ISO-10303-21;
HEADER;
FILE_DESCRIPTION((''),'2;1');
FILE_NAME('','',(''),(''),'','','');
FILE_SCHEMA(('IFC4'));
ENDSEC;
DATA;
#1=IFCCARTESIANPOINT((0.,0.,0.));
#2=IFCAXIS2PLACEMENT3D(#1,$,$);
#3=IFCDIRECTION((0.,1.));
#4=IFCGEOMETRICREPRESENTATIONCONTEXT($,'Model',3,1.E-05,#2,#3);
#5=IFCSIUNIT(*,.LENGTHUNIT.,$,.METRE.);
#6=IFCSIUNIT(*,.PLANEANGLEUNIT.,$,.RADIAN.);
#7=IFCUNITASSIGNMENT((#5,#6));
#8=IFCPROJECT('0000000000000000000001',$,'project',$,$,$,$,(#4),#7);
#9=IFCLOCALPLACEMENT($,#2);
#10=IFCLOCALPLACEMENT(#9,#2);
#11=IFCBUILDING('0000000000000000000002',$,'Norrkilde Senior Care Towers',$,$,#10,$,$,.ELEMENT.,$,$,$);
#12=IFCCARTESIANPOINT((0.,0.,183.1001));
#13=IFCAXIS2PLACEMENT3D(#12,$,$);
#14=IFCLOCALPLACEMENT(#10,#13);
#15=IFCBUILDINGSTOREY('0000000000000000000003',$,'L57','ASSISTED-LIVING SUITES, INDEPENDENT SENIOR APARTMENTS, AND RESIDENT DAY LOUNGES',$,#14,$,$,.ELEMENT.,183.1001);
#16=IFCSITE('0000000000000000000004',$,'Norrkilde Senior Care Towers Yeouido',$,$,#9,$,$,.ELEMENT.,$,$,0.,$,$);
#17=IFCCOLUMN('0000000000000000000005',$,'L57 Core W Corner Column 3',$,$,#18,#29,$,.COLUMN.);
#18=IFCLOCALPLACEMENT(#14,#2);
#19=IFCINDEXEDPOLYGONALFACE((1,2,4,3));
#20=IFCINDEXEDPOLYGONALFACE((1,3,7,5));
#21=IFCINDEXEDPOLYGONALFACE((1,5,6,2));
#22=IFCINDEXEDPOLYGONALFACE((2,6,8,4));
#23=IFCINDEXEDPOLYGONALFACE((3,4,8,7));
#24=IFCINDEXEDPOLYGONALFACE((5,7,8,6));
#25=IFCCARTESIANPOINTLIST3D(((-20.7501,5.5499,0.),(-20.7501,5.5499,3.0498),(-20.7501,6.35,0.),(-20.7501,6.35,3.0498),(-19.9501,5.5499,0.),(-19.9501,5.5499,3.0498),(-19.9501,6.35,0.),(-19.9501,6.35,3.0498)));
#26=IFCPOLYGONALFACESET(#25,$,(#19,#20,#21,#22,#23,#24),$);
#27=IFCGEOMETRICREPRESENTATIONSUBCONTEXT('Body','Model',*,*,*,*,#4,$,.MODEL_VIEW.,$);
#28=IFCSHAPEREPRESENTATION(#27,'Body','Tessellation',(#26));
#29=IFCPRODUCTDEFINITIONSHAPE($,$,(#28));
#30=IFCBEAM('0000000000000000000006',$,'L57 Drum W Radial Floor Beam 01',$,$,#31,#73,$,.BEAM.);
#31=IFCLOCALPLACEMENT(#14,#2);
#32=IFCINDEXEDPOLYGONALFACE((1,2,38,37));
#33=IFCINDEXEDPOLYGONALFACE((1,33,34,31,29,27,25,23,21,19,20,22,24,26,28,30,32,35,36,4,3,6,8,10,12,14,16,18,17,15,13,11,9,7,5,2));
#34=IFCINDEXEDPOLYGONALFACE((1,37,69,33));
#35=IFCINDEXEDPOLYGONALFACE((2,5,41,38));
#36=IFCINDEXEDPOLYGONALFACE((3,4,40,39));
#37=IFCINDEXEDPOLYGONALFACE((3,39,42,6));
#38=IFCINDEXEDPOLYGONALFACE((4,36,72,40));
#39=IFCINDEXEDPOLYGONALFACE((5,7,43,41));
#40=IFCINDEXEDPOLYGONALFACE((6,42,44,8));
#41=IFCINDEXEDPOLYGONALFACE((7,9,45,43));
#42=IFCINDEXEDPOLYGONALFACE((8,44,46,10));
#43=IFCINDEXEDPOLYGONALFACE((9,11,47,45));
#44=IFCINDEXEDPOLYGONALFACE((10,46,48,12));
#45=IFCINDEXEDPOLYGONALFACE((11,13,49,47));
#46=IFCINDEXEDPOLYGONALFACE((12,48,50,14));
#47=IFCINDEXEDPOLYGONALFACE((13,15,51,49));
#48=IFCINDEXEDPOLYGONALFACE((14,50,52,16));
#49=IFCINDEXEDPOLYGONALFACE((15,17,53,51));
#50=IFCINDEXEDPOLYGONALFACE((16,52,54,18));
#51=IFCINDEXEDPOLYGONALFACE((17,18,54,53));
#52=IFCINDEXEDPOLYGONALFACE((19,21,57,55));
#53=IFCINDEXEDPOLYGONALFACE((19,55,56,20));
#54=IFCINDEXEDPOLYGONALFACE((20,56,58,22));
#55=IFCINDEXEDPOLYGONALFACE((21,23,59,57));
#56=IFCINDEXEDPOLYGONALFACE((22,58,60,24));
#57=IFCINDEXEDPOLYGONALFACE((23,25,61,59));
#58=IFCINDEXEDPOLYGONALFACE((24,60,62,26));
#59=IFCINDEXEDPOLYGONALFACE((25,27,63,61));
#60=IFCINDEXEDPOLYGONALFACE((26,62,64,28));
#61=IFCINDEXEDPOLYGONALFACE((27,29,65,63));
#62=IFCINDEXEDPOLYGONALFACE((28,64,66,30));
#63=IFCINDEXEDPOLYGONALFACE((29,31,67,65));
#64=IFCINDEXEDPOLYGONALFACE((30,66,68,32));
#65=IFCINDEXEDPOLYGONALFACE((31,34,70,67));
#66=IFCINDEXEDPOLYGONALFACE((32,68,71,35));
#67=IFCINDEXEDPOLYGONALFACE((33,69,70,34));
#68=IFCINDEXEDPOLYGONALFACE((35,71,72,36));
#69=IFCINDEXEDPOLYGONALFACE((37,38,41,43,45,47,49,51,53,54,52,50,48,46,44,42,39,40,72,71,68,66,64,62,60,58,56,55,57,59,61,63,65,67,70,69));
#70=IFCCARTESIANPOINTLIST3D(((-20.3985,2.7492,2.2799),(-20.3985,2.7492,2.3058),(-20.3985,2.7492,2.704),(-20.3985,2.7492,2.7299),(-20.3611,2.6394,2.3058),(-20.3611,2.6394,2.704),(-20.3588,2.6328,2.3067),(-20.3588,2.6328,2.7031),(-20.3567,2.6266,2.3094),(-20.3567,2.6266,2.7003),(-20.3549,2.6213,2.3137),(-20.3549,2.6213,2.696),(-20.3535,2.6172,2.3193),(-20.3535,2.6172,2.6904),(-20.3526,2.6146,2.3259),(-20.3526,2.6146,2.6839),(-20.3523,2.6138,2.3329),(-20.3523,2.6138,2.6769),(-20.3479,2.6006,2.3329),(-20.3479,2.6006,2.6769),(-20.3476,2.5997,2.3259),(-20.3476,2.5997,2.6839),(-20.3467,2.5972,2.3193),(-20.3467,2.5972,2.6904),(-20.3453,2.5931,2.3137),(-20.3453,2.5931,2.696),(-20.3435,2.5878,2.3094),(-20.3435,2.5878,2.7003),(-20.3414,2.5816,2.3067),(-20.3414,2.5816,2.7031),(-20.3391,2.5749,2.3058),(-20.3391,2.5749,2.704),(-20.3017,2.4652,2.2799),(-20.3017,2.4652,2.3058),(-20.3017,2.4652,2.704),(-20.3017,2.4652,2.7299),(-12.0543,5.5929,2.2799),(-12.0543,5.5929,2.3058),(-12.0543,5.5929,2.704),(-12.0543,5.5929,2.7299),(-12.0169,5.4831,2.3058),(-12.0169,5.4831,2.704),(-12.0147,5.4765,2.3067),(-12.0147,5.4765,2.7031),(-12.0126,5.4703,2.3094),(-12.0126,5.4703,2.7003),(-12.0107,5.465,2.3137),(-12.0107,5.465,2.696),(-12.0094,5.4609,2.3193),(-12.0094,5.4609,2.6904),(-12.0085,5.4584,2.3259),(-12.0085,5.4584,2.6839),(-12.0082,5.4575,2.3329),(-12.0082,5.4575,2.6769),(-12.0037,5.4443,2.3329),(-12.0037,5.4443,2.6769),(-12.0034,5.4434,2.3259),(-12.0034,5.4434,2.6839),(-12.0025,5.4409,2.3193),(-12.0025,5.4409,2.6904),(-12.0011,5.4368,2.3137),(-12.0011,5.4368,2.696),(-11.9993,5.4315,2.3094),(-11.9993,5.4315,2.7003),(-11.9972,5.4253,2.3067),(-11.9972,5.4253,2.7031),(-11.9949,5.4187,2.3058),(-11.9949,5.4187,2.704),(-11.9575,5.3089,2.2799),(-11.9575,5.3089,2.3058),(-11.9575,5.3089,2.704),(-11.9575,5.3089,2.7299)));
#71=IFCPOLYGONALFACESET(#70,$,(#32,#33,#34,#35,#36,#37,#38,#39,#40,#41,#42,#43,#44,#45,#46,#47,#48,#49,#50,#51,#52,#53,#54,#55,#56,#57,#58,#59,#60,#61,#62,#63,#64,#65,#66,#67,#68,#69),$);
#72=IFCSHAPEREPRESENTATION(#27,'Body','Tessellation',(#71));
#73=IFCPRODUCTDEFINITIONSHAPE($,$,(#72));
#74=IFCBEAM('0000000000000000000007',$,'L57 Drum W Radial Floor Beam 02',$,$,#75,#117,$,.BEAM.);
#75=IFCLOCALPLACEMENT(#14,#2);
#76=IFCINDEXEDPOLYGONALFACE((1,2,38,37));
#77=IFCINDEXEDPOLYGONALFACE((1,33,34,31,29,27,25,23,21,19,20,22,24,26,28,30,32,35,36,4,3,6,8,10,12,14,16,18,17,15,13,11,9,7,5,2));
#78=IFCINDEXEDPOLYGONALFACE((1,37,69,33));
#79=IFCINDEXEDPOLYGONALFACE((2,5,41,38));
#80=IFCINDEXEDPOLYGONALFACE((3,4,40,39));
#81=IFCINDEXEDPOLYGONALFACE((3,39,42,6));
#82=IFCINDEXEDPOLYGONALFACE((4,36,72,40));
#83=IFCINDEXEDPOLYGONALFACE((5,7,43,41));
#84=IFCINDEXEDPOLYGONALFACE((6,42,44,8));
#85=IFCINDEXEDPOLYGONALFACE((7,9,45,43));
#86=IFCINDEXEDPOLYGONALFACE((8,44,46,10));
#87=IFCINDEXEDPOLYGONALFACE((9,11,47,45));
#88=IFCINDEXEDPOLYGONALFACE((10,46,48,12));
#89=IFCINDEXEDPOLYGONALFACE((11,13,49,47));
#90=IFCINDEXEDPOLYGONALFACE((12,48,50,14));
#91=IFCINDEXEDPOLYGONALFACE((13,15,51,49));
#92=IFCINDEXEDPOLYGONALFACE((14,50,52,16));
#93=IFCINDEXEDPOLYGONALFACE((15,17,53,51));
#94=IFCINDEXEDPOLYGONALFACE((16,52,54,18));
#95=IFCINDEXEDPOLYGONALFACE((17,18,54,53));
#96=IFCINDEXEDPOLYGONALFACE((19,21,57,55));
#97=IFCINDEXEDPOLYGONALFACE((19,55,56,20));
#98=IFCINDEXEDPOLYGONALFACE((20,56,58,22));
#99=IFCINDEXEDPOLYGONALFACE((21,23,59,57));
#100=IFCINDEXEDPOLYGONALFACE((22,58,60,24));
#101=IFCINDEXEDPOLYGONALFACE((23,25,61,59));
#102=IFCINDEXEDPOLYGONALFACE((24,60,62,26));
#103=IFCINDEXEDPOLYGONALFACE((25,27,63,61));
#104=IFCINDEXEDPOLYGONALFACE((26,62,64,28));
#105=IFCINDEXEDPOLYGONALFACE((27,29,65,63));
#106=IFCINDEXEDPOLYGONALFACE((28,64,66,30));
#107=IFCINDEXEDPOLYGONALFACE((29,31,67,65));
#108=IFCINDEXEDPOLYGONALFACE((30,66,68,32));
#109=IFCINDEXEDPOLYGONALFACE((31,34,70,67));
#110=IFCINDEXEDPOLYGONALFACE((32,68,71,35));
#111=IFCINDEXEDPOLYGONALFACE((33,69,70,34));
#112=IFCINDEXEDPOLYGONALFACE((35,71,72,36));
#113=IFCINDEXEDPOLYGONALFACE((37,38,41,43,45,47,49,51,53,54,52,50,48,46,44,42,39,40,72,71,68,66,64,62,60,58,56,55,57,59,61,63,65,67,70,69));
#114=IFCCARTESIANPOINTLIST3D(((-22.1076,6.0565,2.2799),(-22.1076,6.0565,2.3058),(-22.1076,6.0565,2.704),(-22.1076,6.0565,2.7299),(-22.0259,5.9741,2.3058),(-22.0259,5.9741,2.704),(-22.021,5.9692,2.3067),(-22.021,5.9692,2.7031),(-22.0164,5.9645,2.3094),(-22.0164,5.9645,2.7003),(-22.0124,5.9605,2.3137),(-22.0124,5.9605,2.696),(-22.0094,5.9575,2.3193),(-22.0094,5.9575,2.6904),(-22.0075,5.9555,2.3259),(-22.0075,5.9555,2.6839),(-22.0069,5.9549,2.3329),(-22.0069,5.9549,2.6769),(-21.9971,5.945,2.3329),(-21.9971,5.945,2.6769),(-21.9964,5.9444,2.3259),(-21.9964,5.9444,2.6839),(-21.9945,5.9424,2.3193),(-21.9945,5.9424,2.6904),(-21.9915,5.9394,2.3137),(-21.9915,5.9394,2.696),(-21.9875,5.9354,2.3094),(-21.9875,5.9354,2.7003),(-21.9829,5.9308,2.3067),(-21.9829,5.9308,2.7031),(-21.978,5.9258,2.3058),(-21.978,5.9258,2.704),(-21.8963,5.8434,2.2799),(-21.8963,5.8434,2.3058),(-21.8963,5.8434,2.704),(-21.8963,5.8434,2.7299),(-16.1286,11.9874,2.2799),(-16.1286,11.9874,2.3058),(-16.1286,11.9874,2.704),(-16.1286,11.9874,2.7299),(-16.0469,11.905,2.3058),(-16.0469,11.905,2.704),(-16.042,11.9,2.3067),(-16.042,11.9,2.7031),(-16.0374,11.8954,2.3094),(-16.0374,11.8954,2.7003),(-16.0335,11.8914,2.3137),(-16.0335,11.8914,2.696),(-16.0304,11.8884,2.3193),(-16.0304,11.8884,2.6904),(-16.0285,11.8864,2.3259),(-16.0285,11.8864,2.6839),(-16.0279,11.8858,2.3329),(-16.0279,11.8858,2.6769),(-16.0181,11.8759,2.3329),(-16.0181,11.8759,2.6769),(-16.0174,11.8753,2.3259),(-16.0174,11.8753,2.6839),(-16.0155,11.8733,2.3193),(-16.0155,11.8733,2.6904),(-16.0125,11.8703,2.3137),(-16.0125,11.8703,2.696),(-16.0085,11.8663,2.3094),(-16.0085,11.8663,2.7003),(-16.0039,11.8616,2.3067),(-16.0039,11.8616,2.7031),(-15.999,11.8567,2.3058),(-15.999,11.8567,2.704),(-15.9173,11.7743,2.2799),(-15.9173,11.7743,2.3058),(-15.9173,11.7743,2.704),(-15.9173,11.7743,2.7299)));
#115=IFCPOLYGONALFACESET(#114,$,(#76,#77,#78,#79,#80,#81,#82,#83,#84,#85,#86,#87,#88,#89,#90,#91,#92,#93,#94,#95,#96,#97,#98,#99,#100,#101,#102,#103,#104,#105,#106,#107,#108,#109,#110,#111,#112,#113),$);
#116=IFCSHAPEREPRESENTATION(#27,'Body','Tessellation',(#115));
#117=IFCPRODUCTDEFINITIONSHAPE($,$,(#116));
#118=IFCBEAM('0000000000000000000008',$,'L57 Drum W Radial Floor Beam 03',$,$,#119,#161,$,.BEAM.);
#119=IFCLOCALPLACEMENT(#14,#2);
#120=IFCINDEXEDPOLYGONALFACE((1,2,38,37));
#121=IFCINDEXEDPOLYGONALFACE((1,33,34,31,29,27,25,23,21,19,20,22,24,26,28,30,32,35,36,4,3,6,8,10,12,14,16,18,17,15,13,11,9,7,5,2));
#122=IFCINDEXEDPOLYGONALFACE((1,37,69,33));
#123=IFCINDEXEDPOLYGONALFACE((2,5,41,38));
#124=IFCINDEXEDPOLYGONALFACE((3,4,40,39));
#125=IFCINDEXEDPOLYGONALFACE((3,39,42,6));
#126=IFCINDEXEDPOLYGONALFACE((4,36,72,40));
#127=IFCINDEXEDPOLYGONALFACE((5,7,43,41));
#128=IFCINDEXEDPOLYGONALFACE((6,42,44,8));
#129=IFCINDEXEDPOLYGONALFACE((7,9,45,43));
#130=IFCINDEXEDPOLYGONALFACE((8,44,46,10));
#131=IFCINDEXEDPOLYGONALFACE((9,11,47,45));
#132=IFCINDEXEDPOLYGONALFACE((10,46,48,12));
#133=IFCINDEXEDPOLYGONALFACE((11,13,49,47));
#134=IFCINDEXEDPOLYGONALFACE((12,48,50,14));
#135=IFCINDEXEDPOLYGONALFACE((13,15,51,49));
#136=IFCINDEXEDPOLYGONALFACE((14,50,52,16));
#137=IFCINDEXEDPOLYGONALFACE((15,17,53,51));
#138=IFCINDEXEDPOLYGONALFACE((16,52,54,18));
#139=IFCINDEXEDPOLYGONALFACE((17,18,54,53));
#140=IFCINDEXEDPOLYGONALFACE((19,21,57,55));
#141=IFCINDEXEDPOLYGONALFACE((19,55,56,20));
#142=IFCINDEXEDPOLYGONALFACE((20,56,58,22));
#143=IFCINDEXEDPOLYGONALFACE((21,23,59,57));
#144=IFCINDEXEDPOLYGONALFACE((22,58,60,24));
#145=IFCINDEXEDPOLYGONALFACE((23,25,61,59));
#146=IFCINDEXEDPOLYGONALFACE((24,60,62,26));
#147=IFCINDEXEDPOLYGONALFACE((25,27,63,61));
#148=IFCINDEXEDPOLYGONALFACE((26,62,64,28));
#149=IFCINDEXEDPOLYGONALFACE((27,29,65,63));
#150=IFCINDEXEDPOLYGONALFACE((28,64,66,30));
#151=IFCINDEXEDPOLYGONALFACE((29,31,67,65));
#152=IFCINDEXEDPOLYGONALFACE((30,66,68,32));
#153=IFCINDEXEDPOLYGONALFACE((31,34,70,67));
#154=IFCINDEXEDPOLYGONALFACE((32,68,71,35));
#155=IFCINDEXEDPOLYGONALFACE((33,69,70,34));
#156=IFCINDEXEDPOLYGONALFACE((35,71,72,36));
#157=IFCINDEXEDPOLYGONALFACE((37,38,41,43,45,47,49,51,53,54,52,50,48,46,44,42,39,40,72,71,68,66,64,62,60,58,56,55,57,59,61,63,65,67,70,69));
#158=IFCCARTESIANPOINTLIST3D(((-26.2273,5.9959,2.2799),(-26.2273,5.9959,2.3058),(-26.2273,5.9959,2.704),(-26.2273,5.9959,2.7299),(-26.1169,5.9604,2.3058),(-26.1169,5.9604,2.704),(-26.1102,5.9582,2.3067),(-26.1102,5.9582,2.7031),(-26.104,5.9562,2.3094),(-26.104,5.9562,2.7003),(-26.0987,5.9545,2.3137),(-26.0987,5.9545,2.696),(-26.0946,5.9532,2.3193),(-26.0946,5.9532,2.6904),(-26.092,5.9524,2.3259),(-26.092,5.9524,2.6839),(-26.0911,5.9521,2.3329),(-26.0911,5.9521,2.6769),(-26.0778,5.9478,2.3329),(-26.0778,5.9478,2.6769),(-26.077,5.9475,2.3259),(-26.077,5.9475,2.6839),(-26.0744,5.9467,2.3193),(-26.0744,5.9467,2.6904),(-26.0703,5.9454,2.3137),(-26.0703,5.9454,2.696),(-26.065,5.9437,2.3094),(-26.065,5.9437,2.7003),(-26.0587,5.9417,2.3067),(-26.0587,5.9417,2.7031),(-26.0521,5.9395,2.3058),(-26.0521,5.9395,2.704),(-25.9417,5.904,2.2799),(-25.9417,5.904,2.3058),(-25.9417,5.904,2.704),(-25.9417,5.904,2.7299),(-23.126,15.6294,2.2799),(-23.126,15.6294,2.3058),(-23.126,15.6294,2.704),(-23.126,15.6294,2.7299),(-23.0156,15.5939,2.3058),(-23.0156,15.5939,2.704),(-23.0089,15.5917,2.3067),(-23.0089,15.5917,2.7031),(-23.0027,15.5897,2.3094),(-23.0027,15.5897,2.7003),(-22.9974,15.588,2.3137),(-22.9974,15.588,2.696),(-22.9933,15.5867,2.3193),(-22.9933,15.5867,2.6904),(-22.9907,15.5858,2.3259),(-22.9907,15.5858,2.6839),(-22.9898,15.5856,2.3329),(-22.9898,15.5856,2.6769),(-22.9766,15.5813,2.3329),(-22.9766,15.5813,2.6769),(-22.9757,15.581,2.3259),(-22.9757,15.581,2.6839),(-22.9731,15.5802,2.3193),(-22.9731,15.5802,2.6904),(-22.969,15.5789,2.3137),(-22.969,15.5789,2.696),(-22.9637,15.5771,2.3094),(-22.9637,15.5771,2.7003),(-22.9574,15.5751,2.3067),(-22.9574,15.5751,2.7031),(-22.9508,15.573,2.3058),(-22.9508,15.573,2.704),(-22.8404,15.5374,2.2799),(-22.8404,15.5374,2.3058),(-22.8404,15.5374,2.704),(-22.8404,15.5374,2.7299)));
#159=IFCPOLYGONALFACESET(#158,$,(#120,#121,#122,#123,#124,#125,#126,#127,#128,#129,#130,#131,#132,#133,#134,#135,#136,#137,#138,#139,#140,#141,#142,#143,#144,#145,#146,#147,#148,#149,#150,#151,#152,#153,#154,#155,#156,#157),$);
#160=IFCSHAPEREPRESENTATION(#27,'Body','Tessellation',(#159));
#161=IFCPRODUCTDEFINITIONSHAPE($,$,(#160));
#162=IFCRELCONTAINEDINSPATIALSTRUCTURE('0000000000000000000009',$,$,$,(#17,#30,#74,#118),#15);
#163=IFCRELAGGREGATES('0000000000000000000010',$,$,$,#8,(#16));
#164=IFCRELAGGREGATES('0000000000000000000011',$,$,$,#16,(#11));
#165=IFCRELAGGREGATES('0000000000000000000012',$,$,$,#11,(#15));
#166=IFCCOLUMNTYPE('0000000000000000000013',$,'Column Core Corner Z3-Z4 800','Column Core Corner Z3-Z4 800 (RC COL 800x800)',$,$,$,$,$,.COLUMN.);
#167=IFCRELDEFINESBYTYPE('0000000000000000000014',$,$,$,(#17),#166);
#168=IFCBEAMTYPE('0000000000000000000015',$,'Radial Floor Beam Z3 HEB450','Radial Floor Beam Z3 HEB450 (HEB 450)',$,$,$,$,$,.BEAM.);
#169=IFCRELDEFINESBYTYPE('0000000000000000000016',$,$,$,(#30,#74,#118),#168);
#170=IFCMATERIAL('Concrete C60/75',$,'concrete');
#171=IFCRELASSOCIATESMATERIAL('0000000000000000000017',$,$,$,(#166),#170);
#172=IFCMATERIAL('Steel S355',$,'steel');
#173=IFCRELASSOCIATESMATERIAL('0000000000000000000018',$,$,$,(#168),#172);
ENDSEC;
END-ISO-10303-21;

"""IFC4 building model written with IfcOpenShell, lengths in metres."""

from ifc_helpers import new_model, si_unit, direction, frame, origin, origin_2d, place, context, subcontext, project, spatial, rectangle, i_section, extrude, source, transform, mapped, material, material_profile, profile_set, type_object, type_shapes, element, save


model = new_model("IFC4")

# Units and contexts
model_context = context("Model", 3, precision=1e-05, world=origin(), true_north=direction((0.0, 1.0)))
body_context = subcontext(model_context, "Body", "Model", "MODEL_VIEW")
ifc_project = project(units=[si_unit("LENGTHUNIT", "METRE"), si_unit("PLANEANGLEUNIT", "RADIAN")], contexts=[model_context])

# Site, building, storey
site_placement = place(None, origin())
site = spatial("IfcSite", under=ifc_project, at=site_placement, Name="Norrkilde Senior Care Towers Yeouido", CompositionType="ELEMENT", RefElevation=0.0)
building_placement = place(site_placement, origin())
building = spatial("IfcBuilding", under=site, at=building_placement, Name="Norrkilde Senior Care Towers", CompositionType="ELEMENT")
storey_placement = place(building_placement, frame((0.0, 0.0, 183.1001)))
storey = spatial("IfcBuildingStorey", under=building, at=storey_placement, Name="L57", Description="ASSISTED-LIVING SUITES, INDEPENDENT SENIOR APARTMENTS, AND RESIDENT DAY LOUNGES", CompositionType="ELEMENT", Elevation=183.1001)

# Column
ifc_material_1 = material(Name="Concrete C60/75", Category="concrete")
ifc_material_profile_1 = material_profile(ifc_material_1, rectangle(XDim=0.8, YDim=0.8, at=origin_2d()), Name="RC COL 800x800")
ifc_profile_set_1 = profile_set([ifc_material_profile_1], Name="Concrete C60/75")
column_type = type_object("IfcColumnType", Name="Column Core Corner Z3-Z4 800", Description="Column Core Corner Z3-Z4 800 (RC COL 800x800)", PredefinedType="COLUMN", material=ifc_profile_set_1)
shared_shape_1 = source(origin(), body_context, "Body", "SweptSolid", [
    extrude(rectangle(XDim=0.8, YDim=0.8, at=origin_2d()), origin(), (0.0, 0.0, 1.0), 3.0498),
])
type_shapes(column_type, [shared_shape_1])
column_placement = place(storey_placement, frame((-20.3501, 5.95, 0.0), z_axis=(0.0, 0.0, 1.0), x_axis=(1.0, 0.0, 0.0)))
element("IfcColumn", 1, at=column_placement, inside=storey, type_object=column_type, Name="L57 Core W Corner Column 3", PredefinedType="COLUMN", context=body_context, shape_type="MappedRepresentation", body=[
    mapped(shared_shape_1, transform((0.0, 0.0, 0.0), x_axis=(1.0, 0.0, 0.0), y_axis=(0.0, 1.0, 0.0), z_axis=(0.0, 0.0, 1.0), scale=1.0)),
])

# Beams
ifc_material_2 = material(Name="Steel S355", Category="steel")
ifc_material_profile_2 = material_profile(ifc_material_2, i_section(OverallWidth=0.3, OverallDepth=0.45, WebThickness=0.0139, FlangeThickness=0.0259, FilletRadius=0.0271, at=origin_2d()), Name="HEB 450")
ifc_profile_set_2 = profile_set([ifc_material_profile_2], Name="Steel S355")
beam_type = type_object("IfcBeamType", Name="Radial Floor Beam Z3 HEB450", Description="Radial Floor Beam Z3 HEB450 (HEB 450)", PredefinedType="BEAM", material=ifc_profile_set_2)
shared_shape_2 = source(origin(), body_context, "Body", "SweptSolid", [
    extrude(i_section(OverallWidth=0.3, OverallDepth=0.45, WebThickness=0.0139, FlangeThickness=0.0259, FilletRadius=0.0271, at=origin_2d()), origin(), (0.0, 0.0, 1.0), 8.8154),
])
beam_1_placement = place(storey_placement, frame((-20.3501, 2.6072, 2.5049), z_axis=(0.946541, 0.322585, 0.0), x_axis=(-0.322585, 0.946541, 0.0)))
element("IfcBeam", 2, at=beam_1_placement, inside=storey, type_object=beam_type, Name="L57 Drum W Radial Floor Beam 01", PredefinedType="BEAM", context=body_context, shape_type="MappedRepresentation", body=[
    mapped(shared_shape_2, transform((0.0, 0.0, 0.0), x_axis=(1.0, 0.0, 0.0), y_axis=(0.0, 1.0, 0.0), z_axis=(0.0, 0.0, 1.0), scale=1.0)),
])
shared_shape_3 = source(origin(), body_context, "Body", "SweptSolid", [
    extrude(i_section(OverallWidth=0.3, OverallDepth=0.45, WebThickness=0.0139, FlangeThickness=0.0259, FilletRadius=0.0271, at=origin_2d()), origin(), (0.0, 0.0, 1.0), 8.4216),
])
beam_2_placement = place(storey_placement, frame((-22.002, 5.95, 2.5049), z_axis=(0.709956, 0.704246, 0.0), x_axis=(-0.704246, 0.709956, 0.0)))
element("IfcBeam", 3, at=beam_2_placement, inside=storey, type_object=beam_type, Name="L57 Drum W Radial Floor Beam 02", PredefinedType="BEAM", context=body_context, shape_type="MappedRepresentation", body=[
    mapped(shared_shape_3, transform((0.0, 0.0, 0.0), x_axis=(1.0, 0.0, 0.0), y_axis=(0.0, 1.0, 0.0), z_axis=(0.0, 0.0, 1.0), scale=1.0)),
])
shared_shape_4 = source(origin(), body_context, "Body", "SweptSolid", [
    extrude(i_section(OverallWidth=0.3, OverallDepth=0.45, WebThickness=0.0139, FlangeThickness=0.0259, FilletRadius=0.0271, at=origin_2d()), origin(), (0.0, 0.0, 1.0), 10.1204),
])
type_shapes(beam_type, [shared_shape_2, shared_shape_3, shared_shape_4])
beam_3_placement = place(storey_placement, frame((-26.0845, 5.95, 2.5049), z_axis=(0.306441, 0.95189, 0.0), x_axis=(-0.95189, 0.306441, 0.0)))
element("IfcBeam", 4, at=beam_3_placement, inside=storey, type_object=beam_type, Name="L57 Drum W Radial Floor Beam 03", PredefinedType="BEAM", context=body_context, shape_type="MappedRepresentation", body=[
    mapped(shared_shape_4, transform((0.0, 0.0, 0.0), x_axis=(1.0, 0.0, 0.0), y_axis=(0.0, 1.0, 0.0), z_axis=(0.0, 0.0, 1.0), scale=1.0)),
])

save(model, "model.ifc")
